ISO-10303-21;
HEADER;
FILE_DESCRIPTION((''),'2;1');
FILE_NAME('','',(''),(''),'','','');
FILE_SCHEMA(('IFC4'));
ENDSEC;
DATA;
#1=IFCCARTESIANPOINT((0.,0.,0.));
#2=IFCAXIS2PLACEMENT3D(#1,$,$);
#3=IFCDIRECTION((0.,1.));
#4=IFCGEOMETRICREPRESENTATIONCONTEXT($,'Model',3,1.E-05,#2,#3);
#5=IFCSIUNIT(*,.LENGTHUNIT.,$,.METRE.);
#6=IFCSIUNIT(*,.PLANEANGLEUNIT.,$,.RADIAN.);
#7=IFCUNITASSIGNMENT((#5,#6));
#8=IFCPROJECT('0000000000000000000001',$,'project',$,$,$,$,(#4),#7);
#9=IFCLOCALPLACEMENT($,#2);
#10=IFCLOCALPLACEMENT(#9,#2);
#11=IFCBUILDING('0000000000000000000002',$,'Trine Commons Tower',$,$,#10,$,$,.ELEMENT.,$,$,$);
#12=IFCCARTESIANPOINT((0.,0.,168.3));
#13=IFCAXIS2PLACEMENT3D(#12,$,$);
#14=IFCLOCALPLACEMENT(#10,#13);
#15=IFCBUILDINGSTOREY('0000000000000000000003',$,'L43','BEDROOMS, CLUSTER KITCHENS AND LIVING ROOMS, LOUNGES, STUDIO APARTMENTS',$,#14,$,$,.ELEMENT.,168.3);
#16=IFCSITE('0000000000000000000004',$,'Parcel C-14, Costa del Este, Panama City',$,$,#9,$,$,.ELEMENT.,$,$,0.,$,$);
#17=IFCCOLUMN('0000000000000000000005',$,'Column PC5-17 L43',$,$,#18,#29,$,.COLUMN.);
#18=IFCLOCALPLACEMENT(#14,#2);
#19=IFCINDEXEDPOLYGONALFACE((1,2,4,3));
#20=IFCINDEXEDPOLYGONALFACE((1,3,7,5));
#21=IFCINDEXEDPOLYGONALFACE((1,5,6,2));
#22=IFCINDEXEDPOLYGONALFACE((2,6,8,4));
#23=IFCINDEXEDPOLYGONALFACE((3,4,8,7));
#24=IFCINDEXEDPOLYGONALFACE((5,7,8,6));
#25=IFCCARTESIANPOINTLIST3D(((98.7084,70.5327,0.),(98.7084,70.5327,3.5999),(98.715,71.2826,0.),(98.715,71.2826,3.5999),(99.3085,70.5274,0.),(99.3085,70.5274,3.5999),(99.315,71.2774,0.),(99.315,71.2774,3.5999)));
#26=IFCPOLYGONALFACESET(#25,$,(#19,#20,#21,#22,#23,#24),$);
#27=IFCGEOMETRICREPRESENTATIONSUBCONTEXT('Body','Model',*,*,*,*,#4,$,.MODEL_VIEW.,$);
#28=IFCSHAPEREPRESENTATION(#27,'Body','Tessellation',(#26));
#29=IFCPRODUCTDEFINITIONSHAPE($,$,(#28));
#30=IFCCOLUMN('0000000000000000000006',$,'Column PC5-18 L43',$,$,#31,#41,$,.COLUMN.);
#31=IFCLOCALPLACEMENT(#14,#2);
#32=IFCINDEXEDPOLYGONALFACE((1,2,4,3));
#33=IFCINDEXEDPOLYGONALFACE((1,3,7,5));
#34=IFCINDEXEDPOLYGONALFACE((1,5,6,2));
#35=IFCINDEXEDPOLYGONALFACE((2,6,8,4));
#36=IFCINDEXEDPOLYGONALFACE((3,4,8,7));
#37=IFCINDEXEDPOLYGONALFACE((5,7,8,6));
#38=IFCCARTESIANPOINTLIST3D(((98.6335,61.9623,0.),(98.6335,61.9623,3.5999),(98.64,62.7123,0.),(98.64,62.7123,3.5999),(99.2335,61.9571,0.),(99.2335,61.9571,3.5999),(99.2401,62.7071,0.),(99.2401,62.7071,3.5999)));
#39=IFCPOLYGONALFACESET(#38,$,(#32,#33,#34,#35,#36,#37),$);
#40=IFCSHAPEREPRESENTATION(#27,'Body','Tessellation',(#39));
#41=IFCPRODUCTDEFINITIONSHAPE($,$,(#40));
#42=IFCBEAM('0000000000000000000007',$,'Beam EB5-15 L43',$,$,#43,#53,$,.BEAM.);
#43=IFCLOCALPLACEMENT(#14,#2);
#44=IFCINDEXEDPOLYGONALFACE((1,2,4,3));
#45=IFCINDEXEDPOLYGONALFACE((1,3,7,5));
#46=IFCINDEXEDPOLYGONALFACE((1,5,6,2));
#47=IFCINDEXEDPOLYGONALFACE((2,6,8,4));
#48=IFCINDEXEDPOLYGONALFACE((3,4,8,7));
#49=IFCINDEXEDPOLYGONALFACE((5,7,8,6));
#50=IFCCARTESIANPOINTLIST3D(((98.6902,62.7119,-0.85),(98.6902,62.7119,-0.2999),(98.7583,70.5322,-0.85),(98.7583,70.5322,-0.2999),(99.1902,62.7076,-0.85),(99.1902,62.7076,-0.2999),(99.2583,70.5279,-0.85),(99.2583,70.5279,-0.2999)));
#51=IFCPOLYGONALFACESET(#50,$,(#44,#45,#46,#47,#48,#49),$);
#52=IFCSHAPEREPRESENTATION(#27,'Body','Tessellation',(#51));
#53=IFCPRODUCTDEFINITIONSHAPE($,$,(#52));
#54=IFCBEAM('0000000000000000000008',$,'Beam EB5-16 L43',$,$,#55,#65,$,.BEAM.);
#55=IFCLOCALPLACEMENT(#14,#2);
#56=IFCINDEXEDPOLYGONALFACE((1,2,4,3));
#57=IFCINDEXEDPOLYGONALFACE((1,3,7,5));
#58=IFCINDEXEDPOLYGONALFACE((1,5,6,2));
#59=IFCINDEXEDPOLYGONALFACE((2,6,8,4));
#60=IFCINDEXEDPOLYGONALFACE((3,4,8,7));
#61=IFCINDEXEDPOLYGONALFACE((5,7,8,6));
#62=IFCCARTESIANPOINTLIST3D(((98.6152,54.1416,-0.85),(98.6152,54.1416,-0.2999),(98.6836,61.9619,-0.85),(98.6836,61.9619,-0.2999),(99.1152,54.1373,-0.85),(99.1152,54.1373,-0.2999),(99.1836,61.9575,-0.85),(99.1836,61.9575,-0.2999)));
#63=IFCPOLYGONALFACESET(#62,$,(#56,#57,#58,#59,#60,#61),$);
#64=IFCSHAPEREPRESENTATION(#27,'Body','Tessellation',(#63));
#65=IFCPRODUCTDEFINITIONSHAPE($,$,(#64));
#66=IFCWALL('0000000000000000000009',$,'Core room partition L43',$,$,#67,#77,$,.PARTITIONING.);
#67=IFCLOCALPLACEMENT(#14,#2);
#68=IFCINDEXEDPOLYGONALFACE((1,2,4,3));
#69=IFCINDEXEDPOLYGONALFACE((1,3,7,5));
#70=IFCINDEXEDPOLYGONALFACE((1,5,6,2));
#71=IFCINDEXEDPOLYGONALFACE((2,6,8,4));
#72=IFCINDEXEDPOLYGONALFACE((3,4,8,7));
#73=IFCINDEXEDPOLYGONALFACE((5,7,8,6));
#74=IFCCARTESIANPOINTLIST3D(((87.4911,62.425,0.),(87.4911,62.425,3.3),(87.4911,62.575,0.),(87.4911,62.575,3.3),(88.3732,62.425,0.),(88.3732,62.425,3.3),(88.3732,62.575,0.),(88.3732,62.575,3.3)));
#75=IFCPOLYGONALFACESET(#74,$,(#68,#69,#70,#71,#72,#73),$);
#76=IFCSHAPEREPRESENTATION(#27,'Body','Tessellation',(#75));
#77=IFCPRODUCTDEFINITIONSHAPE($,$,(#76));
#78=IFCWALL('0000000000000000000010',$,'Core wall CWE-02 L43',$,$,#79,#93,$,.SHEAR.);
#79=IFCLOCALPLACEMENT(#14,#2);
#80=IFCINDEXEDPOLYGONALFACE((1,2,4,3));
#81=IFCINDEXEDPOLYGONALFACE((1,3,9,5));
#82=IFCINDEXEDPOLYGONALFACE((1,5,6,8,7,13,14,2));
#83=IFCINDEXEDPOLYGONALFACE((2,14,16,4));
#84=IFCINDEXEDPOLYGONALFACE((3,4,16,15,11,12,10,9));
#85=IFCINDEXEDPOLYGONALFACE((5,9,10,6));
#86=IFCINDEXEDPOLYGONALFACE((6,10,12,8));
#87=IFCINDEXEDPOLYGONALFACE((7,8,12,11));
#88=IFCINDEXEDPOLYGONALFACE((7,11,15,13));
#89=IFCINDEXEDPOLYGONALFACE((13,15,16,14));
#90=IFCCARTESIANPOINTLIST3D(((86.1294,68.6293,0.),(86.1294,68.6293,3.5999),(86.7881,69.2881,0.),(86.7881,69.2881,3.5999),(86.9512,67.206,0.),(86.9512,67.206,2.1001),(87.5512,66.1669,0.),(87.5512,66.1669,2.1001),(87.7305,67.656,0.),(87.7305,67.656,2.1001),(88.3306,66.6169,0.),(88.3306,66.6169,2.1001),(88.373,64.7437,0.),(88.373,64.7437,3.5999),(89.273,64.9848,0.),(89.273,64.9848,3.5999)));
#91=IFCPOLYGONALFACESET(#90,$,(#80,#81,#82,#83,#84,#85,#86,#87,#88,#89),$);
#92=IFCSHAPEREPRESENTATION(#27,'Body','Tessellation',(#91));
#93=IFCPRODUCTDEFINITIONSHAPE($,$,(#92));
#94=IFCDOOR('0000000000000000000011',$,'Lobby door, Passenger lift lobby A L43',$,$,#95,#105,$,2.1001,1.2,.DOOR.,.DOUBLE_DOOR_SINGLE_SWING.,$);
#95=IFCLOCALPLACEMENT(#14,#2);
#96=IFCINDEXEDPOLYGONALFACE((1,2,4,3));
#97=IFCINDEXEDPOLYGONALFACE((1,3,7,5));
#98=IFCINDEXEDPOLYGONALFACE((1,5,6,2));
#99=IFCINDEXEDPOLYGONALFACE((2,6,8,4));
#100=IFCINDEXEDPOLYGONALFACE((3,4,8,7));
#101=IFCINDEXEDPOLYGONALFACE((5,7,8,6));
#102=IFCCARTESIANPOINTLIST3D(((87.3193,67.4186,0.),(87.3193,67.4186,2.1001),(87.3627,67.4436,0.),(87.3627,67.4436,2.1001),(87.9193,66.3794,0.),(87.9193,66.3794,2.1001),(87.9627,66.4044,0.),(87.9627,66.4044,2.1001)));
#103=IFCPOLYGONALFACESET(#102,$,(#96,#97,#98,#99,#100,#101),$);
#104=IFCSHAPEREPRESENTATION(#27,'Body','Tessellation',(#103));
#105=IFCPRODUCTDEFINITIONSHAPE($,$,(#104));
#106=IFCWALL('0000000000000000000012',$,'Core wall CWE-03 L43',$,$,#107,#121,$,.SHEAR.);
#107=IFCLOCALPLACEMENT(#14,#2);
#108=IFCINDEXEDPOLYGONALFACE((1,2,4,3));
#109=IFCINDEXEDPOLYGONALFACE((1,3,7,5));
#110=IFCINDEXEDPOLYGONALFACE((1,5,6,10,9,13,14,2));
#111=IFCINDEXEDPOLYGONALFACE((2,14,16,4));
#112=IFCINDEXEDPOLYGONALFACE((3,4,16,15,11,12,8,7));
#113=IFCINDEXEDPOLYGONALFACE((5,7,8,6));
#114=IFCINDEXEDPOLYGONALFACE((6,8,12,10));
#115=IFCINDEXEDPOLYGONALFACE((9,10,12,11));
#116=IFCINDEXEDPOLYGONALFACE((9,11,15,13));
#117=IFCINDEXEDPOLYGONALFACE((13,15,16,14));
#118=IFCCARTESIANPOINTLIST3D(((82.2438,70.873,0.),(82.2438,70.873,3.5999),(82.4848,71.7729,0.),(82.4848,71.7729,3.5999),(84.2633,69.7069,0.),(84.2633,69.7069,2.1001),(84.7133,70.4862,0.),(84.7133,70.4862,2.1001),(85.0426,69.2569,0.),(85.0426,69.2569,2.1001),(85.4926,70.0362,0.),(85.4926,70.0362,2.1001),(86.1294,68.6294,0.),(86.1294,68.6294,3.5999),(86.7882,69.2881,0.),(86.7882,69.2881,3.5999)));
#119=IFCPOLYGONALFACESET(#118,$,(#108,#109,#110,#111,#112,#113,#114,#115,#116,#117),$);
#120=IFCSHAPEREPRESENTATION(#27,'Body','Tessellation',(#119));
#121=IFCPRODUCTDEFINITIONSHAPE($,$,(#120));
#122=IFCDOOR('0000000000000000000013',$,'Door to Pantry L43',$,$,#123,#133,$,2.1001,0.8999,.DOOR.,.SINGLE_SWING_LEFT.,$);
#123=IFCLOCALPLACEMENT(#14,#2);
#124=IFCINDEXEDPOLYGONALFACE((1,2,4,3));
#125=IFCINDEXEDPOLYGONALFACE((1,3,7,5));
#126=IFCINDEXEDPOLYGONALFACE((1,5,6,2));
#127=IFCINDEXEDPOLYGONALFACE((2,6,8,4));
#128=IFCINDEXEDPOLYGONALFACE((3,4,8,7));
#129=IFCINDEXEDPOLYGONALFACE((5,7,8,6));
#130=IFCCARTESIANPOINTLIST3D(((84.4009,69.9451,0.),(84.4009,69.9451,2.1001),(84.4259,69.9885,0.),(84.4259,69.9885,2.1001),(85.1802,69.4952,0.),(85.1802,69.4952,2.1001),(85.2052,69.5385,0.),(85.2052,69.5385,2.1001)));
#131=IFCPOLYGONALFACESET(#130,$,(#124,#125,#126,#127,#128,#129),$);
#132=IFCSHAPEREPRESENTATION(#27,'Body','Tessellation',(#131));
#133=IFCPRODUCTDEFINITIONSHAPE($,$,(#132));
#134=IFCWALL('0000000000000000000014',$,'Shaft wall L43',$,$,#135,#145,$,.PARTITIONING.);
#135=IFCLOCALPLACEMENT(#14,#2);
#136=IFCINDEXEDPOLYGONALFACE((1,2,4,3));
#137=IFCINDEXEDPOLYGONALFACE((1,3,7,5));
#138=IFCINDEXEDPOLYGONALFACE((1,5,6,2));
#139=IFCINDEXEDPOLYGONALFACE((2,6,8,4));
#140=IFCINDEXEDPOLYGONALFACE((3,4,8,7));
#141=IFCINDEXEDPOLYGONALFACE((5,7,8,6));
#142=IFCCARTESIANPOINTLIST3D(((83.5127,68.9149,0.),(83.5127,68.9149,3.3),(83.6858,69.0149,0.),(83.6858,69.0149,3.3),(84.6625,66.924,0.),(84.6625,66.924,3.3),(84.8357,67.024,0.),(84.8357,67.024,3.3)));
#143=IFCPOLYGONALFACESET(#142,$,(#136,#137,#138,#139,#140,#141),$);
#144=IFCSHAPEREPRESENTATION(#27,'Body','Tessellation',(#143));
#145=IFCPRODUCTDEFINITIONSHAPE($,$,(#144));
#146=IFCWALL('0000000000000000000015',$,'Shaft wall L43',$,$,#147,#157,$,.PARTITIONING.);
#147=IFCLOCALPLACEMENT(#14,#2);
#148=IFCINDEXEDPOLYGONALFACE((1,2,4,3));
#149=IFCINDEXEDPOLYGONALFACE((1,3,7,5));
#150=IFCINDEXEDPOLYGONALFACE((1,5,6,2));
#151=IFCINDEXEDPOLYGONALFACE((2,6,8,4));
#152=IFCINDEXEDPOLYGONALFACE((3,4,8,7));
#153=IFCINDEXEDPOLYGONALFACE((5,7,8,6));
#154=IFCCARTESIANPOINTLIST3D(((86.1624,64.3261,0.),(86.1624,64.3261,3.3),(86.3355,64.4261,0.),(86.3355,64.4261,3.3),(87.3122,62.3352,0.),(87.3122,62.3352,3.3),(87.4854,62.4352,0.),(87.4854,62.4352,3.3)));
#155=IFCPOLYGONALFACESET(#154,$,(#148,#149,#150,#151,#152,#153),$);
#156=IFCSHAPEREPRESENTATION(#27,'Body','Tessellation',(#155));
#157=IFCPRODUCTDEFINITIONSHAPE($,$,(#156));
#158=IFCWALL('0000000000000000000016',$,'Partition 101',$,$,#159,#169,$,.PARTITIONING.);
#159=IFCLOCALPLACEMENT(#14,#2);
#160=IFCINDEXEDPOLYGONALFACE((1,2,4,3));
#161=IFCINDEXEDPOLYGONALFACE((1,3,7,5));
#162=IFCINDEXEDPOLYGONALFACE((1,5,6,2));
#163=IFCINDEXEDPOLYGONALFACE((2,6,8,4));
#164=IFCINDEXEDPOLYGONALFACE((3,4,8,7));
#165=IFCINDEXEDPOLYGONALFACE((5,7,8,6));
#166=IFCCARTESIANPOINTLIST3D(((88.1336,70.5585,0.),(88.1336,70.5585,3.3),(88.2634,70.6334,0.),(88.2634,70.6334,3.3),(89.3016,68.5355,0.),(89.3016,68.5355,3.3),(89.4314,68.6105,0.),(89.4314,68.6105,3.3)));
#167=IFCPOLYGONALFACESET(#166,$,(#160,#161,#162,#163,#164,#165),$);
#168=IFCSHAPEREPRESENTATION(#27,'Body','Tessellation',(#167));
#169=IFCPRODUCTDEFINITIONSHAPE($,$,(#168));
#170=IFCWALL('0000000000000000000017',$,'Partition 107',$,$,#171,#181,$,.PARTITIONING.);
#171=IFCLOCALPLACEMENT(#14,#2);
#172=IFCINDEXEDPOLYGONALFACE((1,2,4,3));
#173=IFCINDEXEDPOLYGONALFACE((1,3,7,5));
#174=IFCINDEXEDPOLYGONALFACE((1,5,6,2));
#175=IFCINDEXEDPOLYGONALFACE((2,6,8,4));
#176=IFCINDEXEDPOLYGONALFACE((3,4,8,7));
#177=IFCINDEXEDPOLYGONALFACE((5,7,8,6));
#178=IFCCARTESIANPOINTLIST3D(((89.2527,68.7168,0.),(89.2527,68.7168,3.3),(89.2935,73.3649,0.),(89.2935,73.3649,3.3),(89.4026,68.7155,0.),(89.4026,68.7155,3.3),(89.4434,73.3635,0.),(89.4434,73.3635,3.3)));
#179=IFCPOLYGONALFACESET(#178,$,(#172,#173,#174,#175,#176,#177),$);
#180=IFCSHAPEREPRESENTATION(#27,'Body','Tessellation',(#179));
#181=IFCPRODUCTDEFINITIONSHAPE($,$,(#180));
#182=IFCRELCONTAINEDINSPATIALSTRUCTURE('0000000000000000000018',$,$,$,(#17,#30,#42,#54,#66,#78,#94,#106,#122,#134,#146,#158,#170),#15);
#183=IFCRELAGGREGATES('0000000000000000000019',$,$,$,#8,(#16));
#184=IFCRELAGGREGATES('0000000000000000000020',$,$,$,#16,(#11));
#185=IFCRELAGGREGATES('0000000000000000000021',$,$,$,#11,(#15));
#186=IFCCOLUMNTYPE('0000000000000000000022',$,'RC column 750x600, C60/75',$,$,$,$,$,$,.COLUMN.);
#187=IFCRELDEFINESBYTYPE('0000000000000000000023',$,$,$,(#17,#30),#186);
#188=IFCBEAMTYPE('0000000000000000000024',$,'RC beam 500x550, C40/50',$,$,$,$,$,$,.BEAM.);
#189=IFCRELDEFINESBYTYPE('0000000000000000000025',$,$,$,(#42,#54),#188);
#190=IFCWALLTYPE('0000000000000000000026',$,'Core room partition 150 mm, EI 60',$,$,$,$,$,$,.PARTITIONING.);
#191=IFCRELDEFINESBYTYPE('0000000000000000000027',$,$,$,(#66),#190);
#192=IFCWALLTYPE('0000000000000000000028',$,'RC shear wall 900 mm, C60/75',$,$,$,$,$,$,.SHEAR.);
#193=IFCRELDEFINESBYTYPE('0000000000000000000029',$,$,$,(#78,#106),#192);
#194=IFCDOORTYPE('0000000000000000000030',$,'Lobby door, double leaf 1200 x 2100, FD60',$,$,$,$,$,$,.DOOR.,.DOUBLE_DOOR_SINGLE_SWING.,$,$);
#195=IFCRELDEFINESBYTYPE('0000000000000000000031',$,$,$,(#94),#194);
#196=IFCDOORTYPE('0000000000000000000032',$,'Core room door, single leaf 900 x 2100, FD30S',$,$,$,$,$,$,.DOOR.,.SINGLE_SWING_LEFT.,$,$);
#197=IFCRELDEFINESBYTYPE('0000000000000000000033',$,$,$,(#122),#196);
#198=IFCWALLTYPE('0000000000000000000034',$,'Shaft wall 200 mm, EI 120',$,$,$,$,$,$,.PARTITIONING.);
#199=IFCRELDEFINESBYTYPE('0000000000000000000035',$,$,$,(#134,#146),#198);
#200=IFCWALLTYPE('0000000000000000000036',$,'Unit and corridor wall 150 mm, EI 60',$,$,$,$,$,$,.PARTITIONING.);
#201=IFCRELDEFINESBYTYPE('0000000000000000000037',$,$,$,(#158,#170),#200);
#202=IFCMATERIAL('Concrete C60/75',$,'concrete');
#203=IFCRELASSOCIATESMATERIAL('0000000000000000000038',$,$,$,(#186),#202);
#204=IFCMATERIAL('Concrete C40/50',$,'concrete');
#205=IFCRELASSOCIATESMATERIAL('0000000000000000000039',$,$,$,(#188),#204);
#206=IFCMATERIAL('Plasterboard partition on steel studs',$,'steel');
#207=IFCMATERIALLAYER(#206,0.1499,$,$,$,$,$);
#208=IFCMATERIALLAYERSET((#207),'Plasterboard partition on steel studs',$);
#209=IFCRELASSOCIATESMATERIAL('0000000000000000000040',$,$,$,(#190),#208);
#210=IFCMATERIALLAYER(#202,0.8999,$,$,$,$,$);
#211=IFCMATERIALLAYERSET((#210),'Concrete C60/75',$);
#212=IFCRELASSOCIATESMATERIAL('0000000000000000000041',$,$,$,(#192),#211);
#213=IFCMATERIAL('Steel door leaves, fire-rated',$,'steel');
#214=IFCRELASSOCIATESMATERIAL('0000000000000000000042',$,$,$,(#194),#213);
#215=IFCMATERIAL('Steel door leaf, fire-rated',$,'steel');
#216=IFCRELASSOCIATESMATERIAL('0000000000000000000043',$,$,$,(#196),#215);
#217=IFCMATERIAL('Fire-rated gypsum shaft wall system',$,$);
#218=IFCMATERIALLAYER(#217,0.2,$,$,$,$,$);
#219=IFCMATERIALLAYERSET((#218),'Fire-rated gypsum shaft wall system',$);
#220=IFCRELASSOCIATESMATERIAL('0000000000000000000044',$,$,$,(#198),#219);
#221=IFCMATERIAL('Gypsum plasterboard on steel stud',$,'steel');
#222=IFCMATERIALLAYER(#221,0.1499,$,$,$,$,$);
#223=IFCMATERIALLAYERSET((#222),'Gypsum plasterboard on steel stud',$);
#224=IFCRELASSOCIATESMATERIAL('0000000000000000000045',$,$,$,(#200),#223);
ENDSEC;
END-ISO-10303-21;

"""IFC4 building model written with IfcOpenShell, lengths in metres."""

from ifc_helpers import new_model, si_unit, direction, frame, frame_2d, origin, origin_2d, place, context, subcontext, project, spatial, polyline, rectangle, outline, extrude, material, layer, layer_set, material_profile, profile_set, type_object, element, fill, save


model = new_model("IFC4")

# Units and contexts
model_context = context("Model", 3, precision=1e-05, world=origin(), true_north=direction((0.0, 1.0)))
body_context = subcontext(model_context, "Body", "Model", "MODEL_VIEW")
ifc_project = project(units=[si_unit("LENGTHUNIT", "METRE"), si_unit("PLANEANGLEUNIT", "RADIAN")], contexts=[model_context])

# Site, building, storey
site_placement = place(None, origin())
site = spatial("IfcSite", under=ifc_project, at=site_placement, Name="Parcel C-14, Costa del Este, Panama City", CompositionType="ELEMENT", RefElevation=0.0)
building_placement = place(site_placement, origin())
building = spatial("IfcBuilding", under=site, at=building_placement, Name="Trine Commons Tower", CompositionType="ELEMENT")
storey_placement = place(building_placement, frame((0.0, 0.0, 168.3)))
storey = spatial("IfcBuildingStorey", under=building, at=storey_placement, Name="L43", Description="BEDROOMS, CLUSTER KITCHENS AND LIVING ROOMS, LOUNGES, STUDIO APARTMENTS", CompositionType="ELEMENT", Elevation=168.3)

# Columns
ifc_material_1 = material(Name="Concrete C60/75", Category="concrete")
ifc_material_profile_1 = material_profile(ifc_material_1, rectangle(XDim=0.75, YDim=0.6001, at=origin_2d()), Name="RC 750x600")
ifc_profile_set_1 = profile_set([ifc_material_profile_1], Name="Concrete C60/75")
column_type = type_object("IfcColumnType", Name="RC column 750x600, C60/75", PredefinedType="COLUMN", material=ifc_profile_set_1)
for number, where, z_axis, x_axis, name in (
    (1, (99.0117, 70.905, 0.0), (0.0, 0.0, 1.0), (0.008727, 0.999962, 0.0), "Column PC5-17 L43"),
    (2, (98.9368, 62.3347, 0.0), (0.0, 0.0, 1.0), (0.008727, 0.999962, 0.0), "Column PC5-18 L43"),
):
    element("IfcColumn", number, at=place(storey_placement, frame(where, z_axis=z_axis, x_axis=x_axis)), inside=storey, type_object=column_type, Name=name, PredefinedType="COLUMN", context=body_context, shape_type="SweptSolid", body=[
        extrude(rectangle(XDim=0.75, YDim=0.6001, at=origin_2d()), origin(), (0.0, 0.0, 1.0), 3.5999),
    ])

# Beams
ifc_material_2 = material(Name="Concrete C40/50", Category="concrete")
ifc_material_profile_2 = material_profile(ifc_material_2, rectangle(XDim=0.5, YDim=0.55, at=origin_2d()), Name="RC 500x550")
ifc_profile_set_2 = profile_set([ifc_material_profile_2], Name="Concrete C40/50")
beam_type = type_object("IfcBeamType", Name="RC beam 500x550, C40/50", PredefinedType="BEAM", material=ifc_profile_set_2)
for number, where, z_axis, x_axis, name in (
    (3, (99.0083, 70.53, -0.575), (-0.00871, -0.999962, 0.0), (0.999962, -0.00871, 0.0), "Beam EB5-15 L43"),
    (4, (98.9336, 61.9597, -0.575), (-0.008741, -0.999962, 0.0), (0.999962, -0.008741, 0.0), "Beam EB5-16 L43"),
):
    element("IfcBeam", number, at=place(storey_placement, frame(where, z_axis=z_axis, x_axis=x_axis)), inside=storey, type_object=beam_type, Name=name, PredefinedType="BEAM", context=body_context, shape_type="SweptSolid", body=[
        extrude(rectangle(XDim=0.5, YDim=0.55, at=origin_2d()), origin(), (0.0, 0.0, 1.0), 7.8206),
    ])

# Wall
ifc_material_3 = material(Name="Plasterboard partition on steel studs", Category="steel")
ifc_layer_1 = layer(ifc_material_3, 0.1499)
ifc_layer_set_1 = layer_set([ifc_layer_1], Name="Plasterboard partition on steel studs")
wall_type_1 = type_object("IfcWallType", Name="Core room partition 150 mm, EI 60", PredefinedType="PARTITIONING", material=ifc_layer_set_1)
wall_1_placement = place(storey_placement, frame((88.373, 62.5, 0.0), z_axis=(0.0, 0.0, 1.0), x_axis=(-1.0, 0.0, 0.0)))
element("IfcWall", 5, at=wall_1_placement, inside=storey, type_object=wall_type_1, Name="Core room partition L43", PredefinedType="PARTITIONING", context=body_context, shape_type="SweptSolid", body=[
    extrude(rectangle(XDim=0.8821, YDim=0.1499, at=frame_2d((0.4409, 0.0))), origin(), (0.0, 0.0, 1.0), 3.3),
])

# Walls, openings, doors
ifc_layer_2 = layer(ifc_material_1, 0.8999)
ifc_layer_set_2 = layer_set([ifc_layer_2], Name="Concrete C60/75")
wall_type_2 = type_object("IfcWallType", Name="RC shear wall 900 mm, C60/75", PredefinedType="SHEAR", material=ifc_layer_set_2)
wall_2_placement = place(storey_placement, frame((88.8833, 64.7598, 0.0), z_axis=(0.0, 0.0, 1.0), x_axis=(-0.500039, 0.866003, 0.0)))
wall_2 = element("IfcWall", 6, at=wall_2_placement, inside=storey, type_object=wall_type_2, Name="Core wall CWE-02 L43", PredefinedType="SHEAR", context=body_context, shape_type="SweptSolid", body=[
    extrude(outline(polyline([(0.0, -0.45), (4.9692, -0.45), (4.728, 0.45), (0.2412, 0.45), (0.0, -0.45)])), origin(), (0.0, 0.0, 1.0), 3.5999),
])
opening_1_placement = place(wall_2_placement, frame((1.8845, 0.0, 0.0)))
opening_1 = element("IfcOpeningElement", 7, at=opening_1_placement, cuts=wall_2, PredefinedType="OPENING", context=body_context, shape_type="SweptSolid", body=[
    extrude(rectangle(XDim=1.2, YDim=2.1001, at=frame_2d((0.6001, 1.05))), frame((0.0, 0.46, 0.0), z_axis=(0.0, -1.0, 0.0), x_axis=(1.0, 0.0, 0.0)), (0.0, 0.0, 1.0), 0.9199),
])
ifc_material_4 = material(Name="Steel door leaves, fire-rated", Category="steel")
door_type_1 = type_object("IfcDoorType", Name="Lobby door, double leaf 1200 x 2100, FD60", OperationType="DOUBLE_DOOR_SINGLE_SWING", PredefinedType="DOOR", material=ifc_material_4)
door_1_placement = place(opening_1_placement, origin())
door_1 = element("IfcDoor", 8, at=door_1_placement, inside=storey, type_object=door_type_1, Name="Lobby door, Passenger lift lobby A L43", OperationType="DOUBLE_DOOR_SINGLE_SWING", OverallHeight=2.1001, OverallWidth=1.2, PredefinedType="DOOR", context=body_context, shape_type="SweptSolid", body=[
    extrude(rectangle(XDim=1.2, YDim=2.1001, at=frame_2d((0.6001, 1.05))), frame((0.0, 0.0249, 0.0), z_axis=(0.0, -1.0, 0.0), x_axis=(1.0, 0.0, 0.0)), (0.0, 0.0, 1.0), 0.05),
])
fill(opening_1, door_1)
wall_3_placement = place(storey_placement, frame((86.5632, 68.8984, 0.0), z_axis=(0.0, 0.0, 1.0), x_axis=(-0.866003, 0.500039, 0.0)))
wall_3 = element("IfcWall", 9, at=wall_3_placement, inside=storey, type_object=wall_type_2, Name="Core wall CWE-03 L43", PredefinedType="SHEAR", context=body_context, shape_type="SweptSolid", body=[
    extrude(outline(polyline([(0.0, -0.45), (4.9692, -0.45), (4.728, 0.45), (0.2412, 0.45), (0.0, -0.45)])), origin(), (0.0, 0.0, 1.0), 3.5999),
])
opening_2_placement = place(wall_3_placement, frame((1.4961, 0.0, 0.0)))
opening_2 = element("IfcOpeningElement", 10, at=opening_2_placement, cuts=wall_3, PredefinedType="OPENING", context=body_context, shape_type="SweptSolid", body=[
    extrude(rectangle(XDim=0.8999, YDim=2.1001, at=frame_2d((0.45, 1.05))), frame((0.0, 0.46, 0.0), z_axis=(0.0, -1.0, 0.0), x_axis=(1.0, 0.0, 0.0)), (0.0, 0.0, 1.0), 0.9199),
])
ifc_material_5 = material(Name="Steel door leaf, fire-rated", Category="steel")
door_type_2 = type_object("IfcDoorType", Name="Core room door, single leaf 900 x 2100, FD30S", OperationType="SINGLE_SWING_LEFT", PredefinedType="DOOR", material=ifc_material_5)
door_2_placement = place(opening_2_placement, origin())
door_2 = element("IfcDoor", 11, at=door_2_placement, inside=storey, type_object=door_type_2, Name="Door to Pantry L43", OperationType="SINGLE_SWING_LEFT", OverallHeight=2.1001, OverallWidth=0.8999, PredefinedType="DOOR", context=body_context, shape_type="SweptSolid", body=[
    extrude(rectangle(XDim=0.8999, YDim=2.1001, at=frame_2d((0.45, 1.05))), frame((0.0, 0.1748, 0.0), z_axis=(0.0, -1.0, 0.0), x_axis=(1.0, 0.0, 0.0)), (0.0, 0.0, 1.0), 0.05),
])
fill(opening_2, door_2)

# Walls
ifc_material_6 = material(Name="Fire-rated gypsum shaft wall system")
ifc_layer_3 = layer(ifc_material_6, 0.2)
ifc_layer_set_3 = layer_set([ifc_layer_3], Name="Fire-rated gypsum shaft wall system")
wall_type_3 = type_object("IfcWallType", Name="Shaft wall 200 mm, EI 120", PredefinedType="PARTITIONING", material=ifc_layer_set_3)
for number, where, z_axis, x_axis, name in (
    (12, (84.749, 66.9741, 0.0), (0.0, 0.0, 1.0), (-0.500136, 0.865947, 0.0), "Shaft wall L43"),
    (13, (86.249, 64.376, 0.0), (0.0, 0.0, 1.0), (0.500136, -0.865947, 0.0), "Shaft wall L43"),
):
    element("IfcWall", number, at=place(storey_placement, frame(where, z_axis=z_axis, x_axis=x_axis)), inside=storey, type_object=wall_type_3, Name=name, PredefinedType="PARTITIONING", context=body_context, shape_type="SweptSolid", body=[
        extrude(rectangle(XDim=2.2991, YDim=0.2, at=frame_2d((1.1494, 0.0))), origin(), (0.0, 0.0, 1.0), 3.3),
    ])
ifc_material_7 = material(Name="Gypsum plasterboard on steel stud", Category="steel")
ifc_layer_4 = layer(ifc_material_7, 0.1499)
ifc_layer_set_4 = layer_set([ifc_layer_4], Name="Gypsum plasterboard on steel stud")
wall_type_4 = type_object("IfcWallType", Name="Unit and corridor wall 150 mm, EI 60", PredefinedType="PARTITIONING", material=ifc_layer_set_4)
wall_4_placement = place(storey_placement, frame((88.1985, 70.5959, 0.0), z_axis=(0.0, 0.0, 1.0), x_axis=(0.500006, -0.866022, 0.0)))
element("IfcWall", 14, at=wall_4_placement, inside=storey, type_object=wall_type_4, Name="Partition 101", PredefinedType="PARTITIONING", context=body_context, shape_type="SweptSolid", body=[
    extrude(rectangle(XDim=2.3359, YDim=0.1499, at=frame_2d((1.168, 0.0))), origin(), (0.0, 0.0, 1.0), 3.3),
])
wall_5_placement = place(storey_placement, frame((89.3276, 68.7161, 0.0), z_axis=(0.0, 0.0, 1.0), x_axis=(0.008772, 0.999962, 0.0)))
element("IfcWall", 15, at=wall_5_placement, inside=storey, type_object=wall_type_4, Name="Partition 107", PredefinedType="PARTITIONING", context=body_context, shape_type="SweptSolid", body=[
    extrude(rectangle(XDim=4.6482, YDim=0.1499, at=frame_2d((2.3242, 0.0))), origin(), (0.0, 0.0, 1.0), 3.3),
])

save(model, "model.ifc")
